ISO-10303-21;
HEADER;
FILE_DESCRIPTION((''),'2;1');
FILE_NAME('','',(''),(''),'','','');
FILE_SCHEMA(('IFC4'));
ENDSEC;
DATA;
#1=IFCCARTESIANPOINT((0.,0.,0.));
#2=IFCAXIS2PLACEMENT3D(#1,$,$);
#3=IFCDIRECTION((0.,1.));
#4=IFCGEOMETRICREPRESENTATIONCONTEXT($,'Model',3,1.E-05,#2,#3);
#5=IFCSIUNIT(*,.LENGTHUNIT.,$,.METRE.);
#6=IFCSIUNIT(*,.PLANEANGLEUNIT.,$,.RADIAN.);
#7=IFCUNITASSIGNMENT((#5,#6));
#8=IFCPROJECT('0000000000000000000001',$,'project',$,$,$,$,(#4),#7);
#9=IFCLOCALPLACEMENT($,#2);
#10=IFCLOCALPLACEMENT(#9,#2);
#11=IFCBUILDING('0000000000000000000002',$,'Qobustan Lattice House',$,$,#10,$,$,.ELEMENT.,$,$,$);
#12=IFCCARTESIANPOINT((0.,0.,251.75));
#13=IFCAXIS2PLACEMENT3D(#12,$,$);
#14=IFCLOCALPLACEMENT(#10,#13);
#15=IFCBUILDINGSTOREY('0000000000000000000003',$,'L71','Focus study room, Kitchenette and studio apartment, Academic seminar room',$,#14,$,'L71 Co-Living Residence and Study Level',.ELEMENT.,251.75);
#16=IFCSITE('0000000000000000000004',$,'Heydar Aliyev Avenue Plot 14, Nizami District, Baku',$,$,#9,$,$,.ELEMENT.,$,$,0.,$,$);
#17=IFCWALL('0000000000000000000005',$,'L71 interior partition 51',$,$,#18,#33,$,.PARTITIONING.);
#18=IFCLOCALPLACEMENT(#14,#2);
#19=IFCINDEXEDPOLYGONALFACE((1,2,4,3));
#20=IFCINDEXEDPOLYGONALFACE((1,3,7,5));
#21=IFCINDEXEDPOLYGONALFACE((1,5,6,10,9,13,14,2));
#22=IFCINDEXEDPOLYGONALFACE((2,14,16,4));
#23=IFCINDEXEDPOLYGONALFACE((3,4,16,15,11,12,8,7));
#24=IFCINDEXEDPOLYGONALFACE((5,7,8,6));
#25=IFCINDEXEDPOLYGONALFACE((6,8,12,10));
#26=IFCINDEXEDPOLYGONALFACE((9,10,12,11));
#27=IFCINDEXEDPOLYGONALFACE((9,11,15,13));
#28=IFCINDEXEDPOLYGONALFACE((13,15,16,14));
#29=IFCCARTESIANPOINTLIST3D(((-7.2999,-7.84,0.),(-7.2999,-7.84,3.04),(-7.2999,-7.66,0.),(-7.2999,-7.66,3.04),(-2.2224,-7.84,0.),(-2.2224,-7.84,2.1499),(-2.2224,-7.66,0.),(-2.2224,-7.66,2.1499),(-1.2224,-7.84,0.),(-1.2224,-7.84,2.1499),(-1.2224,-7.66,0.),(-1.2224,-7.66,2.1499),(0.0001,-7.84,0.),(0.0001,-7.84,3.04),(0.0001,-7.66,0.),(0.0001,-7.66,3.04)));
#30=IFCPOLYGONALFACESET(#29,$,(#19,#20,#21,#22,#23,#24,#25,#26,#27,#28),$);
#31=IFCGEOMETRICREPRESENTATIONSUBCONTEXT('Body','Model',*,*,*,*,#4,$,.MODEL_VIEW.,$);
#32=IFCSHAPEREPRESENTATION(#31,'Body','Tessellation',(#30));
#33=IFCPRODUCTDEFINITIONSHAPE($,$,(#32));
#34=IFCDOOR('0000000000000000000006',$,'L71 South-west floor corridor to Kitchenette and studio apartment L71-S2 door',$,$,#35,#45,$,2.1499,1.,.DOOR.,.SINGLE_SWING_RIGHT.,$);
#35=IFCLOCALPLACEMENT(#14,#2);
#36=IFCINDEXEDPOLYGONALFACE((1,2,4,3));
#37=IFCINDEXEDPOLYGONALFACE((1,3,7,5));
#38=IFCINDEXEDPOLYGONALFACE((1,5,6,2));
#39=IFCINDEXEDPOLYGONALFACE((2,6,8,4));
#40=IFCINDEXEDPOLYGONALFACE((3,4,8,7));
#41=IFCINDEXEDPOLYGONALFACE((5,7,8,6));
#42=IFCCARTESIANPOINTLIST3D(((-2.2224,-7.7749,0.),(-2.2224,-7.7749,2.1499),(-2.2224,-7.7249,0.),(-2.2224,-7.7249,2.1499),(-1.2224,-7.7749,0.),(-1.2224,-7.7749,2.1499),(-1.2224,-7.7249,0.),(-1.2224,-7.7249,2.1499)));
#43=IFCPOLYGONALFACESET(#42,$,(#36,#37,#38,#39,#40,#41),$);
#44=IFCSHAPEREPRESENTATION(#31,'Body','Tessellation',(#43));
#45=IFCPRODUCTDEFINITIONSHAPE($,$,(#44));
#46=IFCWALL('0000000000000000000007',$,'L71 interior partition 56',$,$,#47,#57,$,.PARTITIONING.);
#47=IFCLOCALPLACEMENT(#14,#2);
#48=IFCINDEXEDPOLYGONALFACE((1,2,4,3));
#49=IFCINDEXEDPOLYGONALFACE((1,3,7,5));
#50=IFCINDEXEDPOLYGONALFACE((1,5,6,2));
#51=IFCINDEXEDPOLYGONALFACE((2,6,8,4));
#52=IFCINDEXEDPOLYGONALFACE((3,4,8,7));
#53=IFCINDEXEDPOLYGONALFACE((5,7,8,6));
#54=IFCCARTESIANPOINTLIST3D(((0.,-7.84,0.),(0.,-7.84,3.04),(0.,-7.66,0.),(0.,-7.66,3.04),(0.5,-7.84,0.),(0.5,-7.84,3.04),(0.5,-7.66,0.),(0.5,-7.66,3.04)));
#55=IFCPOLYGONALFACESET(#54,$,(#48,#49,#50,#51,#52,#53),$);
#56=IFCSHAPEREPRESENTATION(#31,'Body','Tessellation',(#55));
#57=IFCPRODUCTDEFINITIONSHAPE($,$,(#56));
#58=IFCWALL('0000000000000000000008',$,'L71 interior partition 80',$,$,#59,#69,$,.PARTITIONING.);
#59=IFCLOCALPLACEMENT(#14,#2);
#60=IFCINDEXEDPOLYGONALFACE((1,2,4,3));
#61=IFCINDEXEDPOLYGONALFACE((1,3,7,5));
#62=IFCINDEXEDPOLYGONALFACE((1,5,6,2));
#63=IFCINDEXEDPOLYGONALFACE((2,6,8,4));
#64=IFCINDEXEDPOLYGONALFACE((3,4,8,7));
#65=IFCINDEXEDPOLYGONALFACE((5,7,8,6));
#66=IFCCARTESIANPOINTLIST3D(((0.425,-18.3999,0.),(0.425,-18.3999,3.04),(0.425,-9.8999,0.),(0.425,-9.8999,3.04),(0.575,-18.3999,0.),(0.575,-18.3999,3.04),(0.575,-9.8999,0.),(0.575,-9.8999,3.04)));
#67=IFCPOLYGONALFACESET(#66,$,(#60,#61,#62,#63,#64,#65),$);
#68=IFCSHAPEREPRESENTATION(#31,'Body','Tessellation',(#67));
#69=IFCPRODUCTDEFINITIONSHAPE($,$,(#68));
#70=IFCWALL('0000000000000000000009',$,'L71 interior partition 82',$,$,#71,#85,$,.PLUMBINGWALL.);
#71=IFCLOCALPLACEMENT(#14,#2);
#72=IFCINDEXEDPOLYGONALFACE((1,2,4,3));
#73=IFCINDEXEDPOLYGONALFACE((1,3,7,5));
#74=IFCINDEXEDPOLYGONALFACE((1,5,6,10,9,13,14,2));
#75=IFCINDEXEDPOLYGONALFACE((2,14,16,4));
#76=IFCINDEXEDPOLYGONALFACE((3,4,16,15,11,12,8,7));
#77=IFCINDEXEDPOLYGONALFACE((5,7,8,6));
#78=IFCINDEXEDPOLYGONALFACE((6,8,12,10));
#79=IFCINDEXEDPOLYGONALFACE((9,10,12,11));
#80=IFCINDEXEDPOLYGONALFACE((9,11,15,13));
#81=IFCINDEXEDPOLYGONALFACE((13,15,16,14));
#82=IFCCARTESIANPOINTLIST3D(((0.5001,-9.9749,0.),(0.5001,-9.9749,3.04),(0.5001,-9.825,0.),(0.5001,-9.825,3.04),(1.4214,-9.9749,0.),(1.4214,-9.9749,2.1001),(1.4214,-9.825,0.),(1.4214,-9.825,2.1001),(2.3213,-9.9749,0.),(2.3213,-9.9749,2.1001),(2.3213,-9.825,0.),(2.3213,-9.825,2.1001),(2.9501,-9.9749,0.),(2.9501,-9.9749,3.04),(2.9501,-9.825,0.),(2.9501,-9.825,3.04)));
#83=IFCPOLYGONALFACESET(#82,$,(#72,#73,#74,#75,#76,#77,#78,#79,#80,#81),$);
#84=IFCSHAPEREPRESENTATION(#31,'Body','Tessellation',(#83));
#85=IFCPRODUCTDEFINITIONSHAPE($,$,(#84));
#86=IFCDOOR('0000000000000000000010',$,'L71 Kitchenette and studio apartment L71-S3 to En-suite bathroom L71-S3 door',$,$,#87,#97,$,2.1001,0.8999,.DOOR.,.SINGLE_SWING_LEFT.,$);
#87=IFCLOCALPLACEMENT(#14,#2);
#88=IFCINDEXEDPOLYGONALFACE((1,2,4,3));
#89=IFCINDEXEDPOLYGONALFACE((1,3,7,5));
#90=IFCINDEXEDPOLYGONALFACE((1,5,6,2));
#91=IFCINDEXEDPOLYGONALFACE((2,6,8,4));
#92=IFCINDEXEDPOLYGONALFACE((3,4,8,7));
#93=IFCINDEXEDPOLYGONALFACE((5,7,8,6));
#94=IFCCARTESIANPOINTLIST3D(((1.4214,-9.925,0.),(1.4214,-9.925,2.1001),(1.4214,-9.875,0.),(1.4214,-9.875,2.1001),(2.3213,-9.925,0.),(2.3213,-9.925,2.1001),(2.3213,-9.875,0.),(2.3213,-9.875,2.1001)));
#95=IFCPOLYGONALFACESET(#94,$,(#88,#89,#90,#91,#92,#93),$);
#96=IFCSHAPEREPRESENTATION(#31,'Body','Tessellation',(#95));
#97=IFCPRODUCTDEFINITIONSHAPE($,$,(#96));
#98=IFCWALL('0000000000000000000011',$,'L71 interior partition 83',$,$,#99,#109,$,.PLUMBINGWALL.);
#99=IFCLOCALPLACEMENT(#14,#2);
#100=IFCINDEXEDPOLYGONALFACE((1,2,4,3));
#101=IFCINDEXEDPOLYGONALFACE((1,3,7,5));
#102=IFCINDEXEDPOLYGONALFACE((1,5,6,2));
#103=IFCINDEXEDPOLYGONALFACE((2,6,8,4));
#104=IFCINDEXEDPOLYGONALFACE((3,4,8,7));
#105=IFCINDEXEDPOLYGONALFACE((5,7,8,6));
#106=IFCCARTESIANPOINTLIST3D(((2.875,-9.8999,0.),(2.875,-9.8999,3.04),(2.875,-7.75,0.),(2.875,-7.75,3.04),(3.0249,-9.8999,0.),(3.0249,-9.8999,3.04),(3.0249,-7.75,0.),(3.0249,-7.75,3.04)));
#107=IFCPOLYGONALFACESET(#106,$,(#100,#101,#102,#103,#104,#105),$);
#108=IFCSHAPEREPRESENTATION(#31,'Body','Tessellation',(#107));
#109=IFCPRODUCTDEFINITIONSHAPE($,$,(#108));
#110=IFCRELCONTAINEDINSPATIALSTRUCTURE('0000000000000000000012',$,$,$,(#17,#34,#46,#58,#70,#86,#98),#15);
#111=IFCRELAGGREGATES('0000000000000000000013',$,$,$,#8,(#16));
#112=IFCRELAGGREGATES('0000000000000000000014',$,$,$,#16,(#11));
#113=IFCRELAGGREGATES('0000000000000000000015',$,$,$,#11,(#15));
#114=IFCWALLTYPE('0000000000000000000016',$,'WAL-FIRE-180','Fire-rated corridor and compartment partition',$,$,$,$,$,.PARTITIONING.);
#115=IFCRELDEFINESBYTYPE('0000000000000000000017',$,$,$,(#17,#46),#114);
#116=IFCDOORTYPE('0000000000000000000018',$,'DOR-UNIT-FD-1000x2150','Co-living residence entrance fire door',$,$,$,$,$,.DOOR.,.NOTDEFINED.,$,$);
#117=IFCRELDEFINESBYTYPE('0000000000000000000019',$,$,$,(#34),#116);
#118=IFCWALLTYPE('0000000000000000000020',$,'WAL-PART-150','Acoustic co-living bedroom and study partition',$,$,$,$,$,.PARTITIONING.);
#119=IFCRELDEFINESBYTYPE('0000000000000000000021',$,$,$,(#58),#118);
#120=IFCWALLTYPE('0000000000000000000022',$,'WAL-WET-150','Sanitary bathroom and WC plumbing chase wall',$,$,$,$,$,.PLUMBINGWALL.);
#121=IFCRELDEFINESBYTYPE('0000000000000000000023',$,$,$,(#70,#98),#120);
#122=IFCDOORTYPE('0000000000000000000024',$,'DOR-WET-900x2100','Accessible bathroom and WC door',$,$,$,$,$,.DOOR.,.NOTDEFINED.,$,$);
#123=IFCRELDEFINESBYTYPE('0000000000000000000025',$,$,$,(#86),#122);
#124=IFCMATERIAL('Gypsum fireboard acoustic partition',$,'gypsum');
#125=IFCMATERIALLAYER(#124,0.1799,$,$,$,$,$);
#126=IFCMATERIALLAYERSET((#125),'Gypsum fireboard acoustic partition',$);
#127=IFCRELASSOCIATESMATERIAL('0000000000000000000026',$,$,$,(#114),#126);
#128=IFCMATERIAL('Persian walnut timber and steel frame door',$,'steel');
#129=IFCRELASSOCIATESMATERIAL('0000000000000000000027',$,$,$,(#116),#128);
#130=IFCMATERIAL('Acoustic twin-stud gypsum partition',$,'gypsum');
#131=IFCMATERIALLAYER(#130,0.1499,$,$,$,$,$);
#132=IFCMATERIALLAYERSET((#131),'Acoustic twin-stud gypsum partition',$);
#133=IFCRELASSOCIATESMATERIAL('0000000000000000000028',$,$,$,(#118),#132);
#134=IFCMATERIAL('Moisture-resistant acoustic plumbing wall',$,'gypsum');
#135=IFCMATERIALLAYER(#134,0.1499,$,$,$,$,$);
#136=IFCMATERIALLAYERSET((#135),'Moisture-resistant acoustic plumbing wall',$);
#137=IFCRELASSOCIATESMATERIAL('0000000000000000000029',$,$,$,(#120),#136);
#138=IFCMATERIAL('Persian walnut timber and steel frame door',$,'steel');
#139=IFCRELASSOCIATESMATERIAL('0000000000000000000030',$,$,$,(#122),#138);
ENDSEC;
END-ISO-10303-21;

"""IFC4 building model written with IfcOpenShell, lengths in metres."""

from ifc_helpers import new_model, si_unit, direction, frame, frame_2d, origin, place, context, subcontext, project, spatial, rectangle, extrude, material, layer, layer_set, type_object, element, fill, save


model = new_model("IFC4")

# Units and contexts
model_context = context("Model", 3, precision=1e-05, world=origin(), true_north=direction((0.0, 1.0)))
body_context = subcontext(model_context, "Body", "Model", "MODEL_VIEW")
ifc_project = project(units=[si_unit("LENGTHUNIT", "METRE"), si_unit("PLANEANGLEUNIT", "RADIAN")], contexts=[model_context])

# Site, building, storey
site_placement = place(None, origin())
site = spatial("IfcSite", under=ifc_project, at=site_placement, Name="Heydar Aliyev Avenue Plot 14, Nizami District, Baku", CompositionType="ELEMENT", RefElevation=0.0)
building_placement = place(site_placement, origin())
building = spatial("IfcBuilding", under=site, at=building_placement, Name="Qobustan Lattice House", CompositionType="ELEMENT")
storey_placement = place(building_placement, frame((0.0, 0.0, 251.75)))
storey = spatial("IfcBuildingStorey", under=building, at=storey_placement, Name="L71", Description="Focus study room, Kitchenette and studio apartment, Academic seminar room", LongName="L71 Co-Living Residence and Study Level", CompositionType="ELEMENT", Elevation=251.75)

# Wall, opening, door
ifc_material_1 = material(Name="Gypsum fireboard acoustic partition", Category="gypsum")
ifc_layer_1 = layer(ifc_material_1, 0.1799)
ifc_layer_set_1 = layer_set([ifc_layer_1], Name="Gypsum fireboard acoustic partition")
wall_type_1 = type_object("IfcWallType", Name="WAL-FIRE-180", Description="Fire-rated corridor and compartment partition", PredefinedType="PARTITIONING", material=ifc_layer_set_1)
wall_1_placement = place(storey_placement, frame((0.0, -7.75, 0.0), z_axis=(0.0, 0.0, 1.0), x_axis=(-1.0, 0.0, 0.0)))
wall_1 = element("IfcWall", 1, at=wall_1_placement, inside=storey, type_object=wall_type_1, Name="L71 interior partition 51", PredefinedType="PARTITIONING", context=body_context, shape_type="SweptSolid", body=[
    extrude(rectangle(XDim=7.3, YDim=0.1799, at=frame_2d((3.6499, 0.0))), origin(), (0.0, 0.0, 1.0), 3.04),
])
opening_1_placement = place(wall_1_placement, frame((1.2224, 0.0, 0.0)))
opening_1 = element("IfcOpeningElement", 2, at=opening_1_placement, cuts=wall_1, PredefinedType="OPENING", context=body_context, shape_type="SweptSolid", body=[
    extrude(rectangle(XDim=1.0, YDim=2.1499, at=frame_2d((0.5, 1.075))), frame((0.0, 0.0999, 0.0), z_axis=(0.0, -1.0, 0.0), x_axis=(1.0, 0.0, 0.0)), (0.0, 0.0, 1.0), 0.2),
])
ifc_material_2 = material(Name="Persian walnut timber and steel frame door", Category="steel")
door_type_1 = type_object("IfcDoorType", Name="DOR-UNIT-FD-1000x2150", Description="Co-living residence entrance fire door", OperationType="NOTDEFINED", PredefinedType="DOOR", material=ifc_material_2)
door_1_placement = place(opening_1_placement, origin())
door_1 = element("IfcDoor", 3, at=door_1_placement, inside=storey, type_object=door_type_1, Name="L71 South-west floor corridor to Kitchenette and studio apartment L71-S2 door", OperationType="SINGLE_SWING_RIGHT", OverallHeight=2.1499, OverallWidth=1.0, PredefinedType="DOOR", context=body_context, shape_type="SweptSolid", body=[
    extrude(rectangle(XDim=1.0, YDim=2.1499, at=frame_2d((0.5, 1.075))), frame((0.0, 0.0249, 0.0), z_axis=(0.0, -1.0, 0.0), x_axis=(1.0, 0.0, 0.0)), (0.0, 0.0, 1.0), 0.05),
])
fill(opening_1, door_1)

# Walls
wall_2_placement = place(storey_placement, frame((0.5, -7.75, 0.0), z_axis=(0.0, 0.0, 1.0), x_axis=(-1.0, 0.0, 0.0)))
element("IfcWall", 4, at=wall_2_placement, inside=storey, type_object=wall_type_1, Name="L71 interior partition 56", PredefinedType="PARTITIONING", context=body_context, shape_type="SweptSolid", body=[
    extrude(rectangle(XDim=0.5, YDim=0.1799, at=frame_2d((0.25, 0.0))), origin(), (0.0, 0.0, 1.0), 3.04),
])
ifc_material_3 = material(Name="Acoustic twin-stud gypsum partition", Category="gypsum")
ifc_layer_2 = layer(ifc_material_3, 0.1499)
ifc_layer_set_2 = layer_set([ifc_layer_2], Name="Acoustic twin-stud gypsum partition")
wall_type_2 = type_object("IfcWallType", Name="WAL-PART-150", Description="Acoustic co-living bedroom and study partition", PredefinedType="PARTITIONING", material=ifc_layer_set_2)
wall_3_placement = place(storey_placement, frame((0.5, -9.8999, 0.0), z_axis=(0.0, 0.0, 1.0), x_axis=(0.0, -1.0, 0.0)))
element("IfcWall", 5, at=wall_3_placement, inside=storey, type_object=wall_type_2, Name="L71 interior partition 80", PredefinedType="PARTITIONING", context=body_context, shape_type="SweptSolid", body=[
    extrude(rectangle(XDim=8.5, YDim=0.1499, at=frame_2d((4.25, 0.0))), origin(), (0.0, 0.0, 1.0), 3.04),
])

# Wall, opening, door
ifc_material_4 = material(Name="Moisture-resistant acoustic plumbing wall", Category="gypsum")
ifc_layer_3 = layer(ifc_material_4, 0.1499)
ifc_layer_set_3 = layer_set([ifc_layer_3], Name="Moisture-resistant acoustic plumbing wall")
wall_type_3 = type_object("IfcWallType", Name="WAL-WET-150", Description="Sanitary bathroom and WC plumbing chase wall", PredefinedType="PLUMBINGWALL", material=ifc_layer_set_3)
wall_4_placement = place(storey_placement, frame((0.5, -9.8999, 0.0), z_axis=(0.0, 0.0, 1.0), x_axis=(1.0, 0.0, 0.0)))
wall_4 = element("IfcWall", 6, at=wall_4_placement, inside=storey, type_object=wall_type_3, Name="L71 interior partition 82", PredefinedType="PLUMBINGWALL", context=body_context, shape_type="SweptSolid", body=[
    extrude(rectangle(XDim=2.45, YDim=0.1499, at=frame_2d((1.2251, 0.0))), origin(), (0.0, 0.0, 1.0), 3.04),
])
opening_2_placement = place(wall_4_placement, frame((0.9214, 0.0, 0.0)))
opening_2 = element("IfcOpeningElement", 7, at=opening_2_placement, cuts=wall_4, PredefinedType="OPENING", context=body_context, shape_type="SweptSolid", body=[
    extrude(rectangle(XDim=0.8999, YDim=2.1001, at=frame_2d((0.45, 1.05))), frame((0.0, 0.085, 0.0), z_axis=(0.0, -1.0, 0.0), x_axis=(1.0, 0.0, 0.0)), (0.0, 0.0, 1.0), 0.1699),
])
ifc_material_5 = material(Name="Persian walnut timber and steel frame door", Category="steel")
door_type_2 = type_object("IfcDoorType", Name="DOR-WET-900x2100", Description="Accessible bathroom and WC door", OperationType="NOTDEFINED", PredefinedType="DOOR", material=ifc_material_5)
door_2_placement = place(opening_2_placement, origin())
door_2 = element("IfcDoor", 8, at=door_2_placement, inside=storey, type_object=door_type_2, Name="L71 Kitchenette and studio apartment L71-S3 to En-suite bathroom L71-S3 door", OperationType="SINGLE_SWING_LEFT", OverallHeight=2.1001, OverallWidth=0.8999, PredefinedType="DOOR", context=body_context, shape_type="SweptSolid", body=[
    extrude(rectangle(XDim=0.8999, YDim=2.1001, at=frame_2d((0.45, 1.05))), frame((0.0, 0.0249, 0.0), z_axis=(0.0, -1.0, 0.0), x_axis=(1.0, 0.0, 0.0)), (0.0, 0.0, 1.0), 0.05),
])
fill(opening_2, door_2)

# Wall
wall_5_placement = place(storey_placement, frame((2.95, -9.8999, 0.0), z_axis=(0.0, 0.0, 1.0), x_axis=(0.0, 1.0, 0.0)))
element("IfcWall", 9, at=wall_5_placement, inside=storey, type_object=wall_type_3, Name="L71 interior partition 83", PredefinedType="PLUMBINGWALL", context=body_context, shape_type="SweptSolid", body=[
    extrude(rectangle(XDim=2.1499, YDim=0.1499, at=frame_2d((1.075, 0.0))), origin(), (0.0, 0.0, 1.0), 3.04),
])

save(model, "model.ifc")
